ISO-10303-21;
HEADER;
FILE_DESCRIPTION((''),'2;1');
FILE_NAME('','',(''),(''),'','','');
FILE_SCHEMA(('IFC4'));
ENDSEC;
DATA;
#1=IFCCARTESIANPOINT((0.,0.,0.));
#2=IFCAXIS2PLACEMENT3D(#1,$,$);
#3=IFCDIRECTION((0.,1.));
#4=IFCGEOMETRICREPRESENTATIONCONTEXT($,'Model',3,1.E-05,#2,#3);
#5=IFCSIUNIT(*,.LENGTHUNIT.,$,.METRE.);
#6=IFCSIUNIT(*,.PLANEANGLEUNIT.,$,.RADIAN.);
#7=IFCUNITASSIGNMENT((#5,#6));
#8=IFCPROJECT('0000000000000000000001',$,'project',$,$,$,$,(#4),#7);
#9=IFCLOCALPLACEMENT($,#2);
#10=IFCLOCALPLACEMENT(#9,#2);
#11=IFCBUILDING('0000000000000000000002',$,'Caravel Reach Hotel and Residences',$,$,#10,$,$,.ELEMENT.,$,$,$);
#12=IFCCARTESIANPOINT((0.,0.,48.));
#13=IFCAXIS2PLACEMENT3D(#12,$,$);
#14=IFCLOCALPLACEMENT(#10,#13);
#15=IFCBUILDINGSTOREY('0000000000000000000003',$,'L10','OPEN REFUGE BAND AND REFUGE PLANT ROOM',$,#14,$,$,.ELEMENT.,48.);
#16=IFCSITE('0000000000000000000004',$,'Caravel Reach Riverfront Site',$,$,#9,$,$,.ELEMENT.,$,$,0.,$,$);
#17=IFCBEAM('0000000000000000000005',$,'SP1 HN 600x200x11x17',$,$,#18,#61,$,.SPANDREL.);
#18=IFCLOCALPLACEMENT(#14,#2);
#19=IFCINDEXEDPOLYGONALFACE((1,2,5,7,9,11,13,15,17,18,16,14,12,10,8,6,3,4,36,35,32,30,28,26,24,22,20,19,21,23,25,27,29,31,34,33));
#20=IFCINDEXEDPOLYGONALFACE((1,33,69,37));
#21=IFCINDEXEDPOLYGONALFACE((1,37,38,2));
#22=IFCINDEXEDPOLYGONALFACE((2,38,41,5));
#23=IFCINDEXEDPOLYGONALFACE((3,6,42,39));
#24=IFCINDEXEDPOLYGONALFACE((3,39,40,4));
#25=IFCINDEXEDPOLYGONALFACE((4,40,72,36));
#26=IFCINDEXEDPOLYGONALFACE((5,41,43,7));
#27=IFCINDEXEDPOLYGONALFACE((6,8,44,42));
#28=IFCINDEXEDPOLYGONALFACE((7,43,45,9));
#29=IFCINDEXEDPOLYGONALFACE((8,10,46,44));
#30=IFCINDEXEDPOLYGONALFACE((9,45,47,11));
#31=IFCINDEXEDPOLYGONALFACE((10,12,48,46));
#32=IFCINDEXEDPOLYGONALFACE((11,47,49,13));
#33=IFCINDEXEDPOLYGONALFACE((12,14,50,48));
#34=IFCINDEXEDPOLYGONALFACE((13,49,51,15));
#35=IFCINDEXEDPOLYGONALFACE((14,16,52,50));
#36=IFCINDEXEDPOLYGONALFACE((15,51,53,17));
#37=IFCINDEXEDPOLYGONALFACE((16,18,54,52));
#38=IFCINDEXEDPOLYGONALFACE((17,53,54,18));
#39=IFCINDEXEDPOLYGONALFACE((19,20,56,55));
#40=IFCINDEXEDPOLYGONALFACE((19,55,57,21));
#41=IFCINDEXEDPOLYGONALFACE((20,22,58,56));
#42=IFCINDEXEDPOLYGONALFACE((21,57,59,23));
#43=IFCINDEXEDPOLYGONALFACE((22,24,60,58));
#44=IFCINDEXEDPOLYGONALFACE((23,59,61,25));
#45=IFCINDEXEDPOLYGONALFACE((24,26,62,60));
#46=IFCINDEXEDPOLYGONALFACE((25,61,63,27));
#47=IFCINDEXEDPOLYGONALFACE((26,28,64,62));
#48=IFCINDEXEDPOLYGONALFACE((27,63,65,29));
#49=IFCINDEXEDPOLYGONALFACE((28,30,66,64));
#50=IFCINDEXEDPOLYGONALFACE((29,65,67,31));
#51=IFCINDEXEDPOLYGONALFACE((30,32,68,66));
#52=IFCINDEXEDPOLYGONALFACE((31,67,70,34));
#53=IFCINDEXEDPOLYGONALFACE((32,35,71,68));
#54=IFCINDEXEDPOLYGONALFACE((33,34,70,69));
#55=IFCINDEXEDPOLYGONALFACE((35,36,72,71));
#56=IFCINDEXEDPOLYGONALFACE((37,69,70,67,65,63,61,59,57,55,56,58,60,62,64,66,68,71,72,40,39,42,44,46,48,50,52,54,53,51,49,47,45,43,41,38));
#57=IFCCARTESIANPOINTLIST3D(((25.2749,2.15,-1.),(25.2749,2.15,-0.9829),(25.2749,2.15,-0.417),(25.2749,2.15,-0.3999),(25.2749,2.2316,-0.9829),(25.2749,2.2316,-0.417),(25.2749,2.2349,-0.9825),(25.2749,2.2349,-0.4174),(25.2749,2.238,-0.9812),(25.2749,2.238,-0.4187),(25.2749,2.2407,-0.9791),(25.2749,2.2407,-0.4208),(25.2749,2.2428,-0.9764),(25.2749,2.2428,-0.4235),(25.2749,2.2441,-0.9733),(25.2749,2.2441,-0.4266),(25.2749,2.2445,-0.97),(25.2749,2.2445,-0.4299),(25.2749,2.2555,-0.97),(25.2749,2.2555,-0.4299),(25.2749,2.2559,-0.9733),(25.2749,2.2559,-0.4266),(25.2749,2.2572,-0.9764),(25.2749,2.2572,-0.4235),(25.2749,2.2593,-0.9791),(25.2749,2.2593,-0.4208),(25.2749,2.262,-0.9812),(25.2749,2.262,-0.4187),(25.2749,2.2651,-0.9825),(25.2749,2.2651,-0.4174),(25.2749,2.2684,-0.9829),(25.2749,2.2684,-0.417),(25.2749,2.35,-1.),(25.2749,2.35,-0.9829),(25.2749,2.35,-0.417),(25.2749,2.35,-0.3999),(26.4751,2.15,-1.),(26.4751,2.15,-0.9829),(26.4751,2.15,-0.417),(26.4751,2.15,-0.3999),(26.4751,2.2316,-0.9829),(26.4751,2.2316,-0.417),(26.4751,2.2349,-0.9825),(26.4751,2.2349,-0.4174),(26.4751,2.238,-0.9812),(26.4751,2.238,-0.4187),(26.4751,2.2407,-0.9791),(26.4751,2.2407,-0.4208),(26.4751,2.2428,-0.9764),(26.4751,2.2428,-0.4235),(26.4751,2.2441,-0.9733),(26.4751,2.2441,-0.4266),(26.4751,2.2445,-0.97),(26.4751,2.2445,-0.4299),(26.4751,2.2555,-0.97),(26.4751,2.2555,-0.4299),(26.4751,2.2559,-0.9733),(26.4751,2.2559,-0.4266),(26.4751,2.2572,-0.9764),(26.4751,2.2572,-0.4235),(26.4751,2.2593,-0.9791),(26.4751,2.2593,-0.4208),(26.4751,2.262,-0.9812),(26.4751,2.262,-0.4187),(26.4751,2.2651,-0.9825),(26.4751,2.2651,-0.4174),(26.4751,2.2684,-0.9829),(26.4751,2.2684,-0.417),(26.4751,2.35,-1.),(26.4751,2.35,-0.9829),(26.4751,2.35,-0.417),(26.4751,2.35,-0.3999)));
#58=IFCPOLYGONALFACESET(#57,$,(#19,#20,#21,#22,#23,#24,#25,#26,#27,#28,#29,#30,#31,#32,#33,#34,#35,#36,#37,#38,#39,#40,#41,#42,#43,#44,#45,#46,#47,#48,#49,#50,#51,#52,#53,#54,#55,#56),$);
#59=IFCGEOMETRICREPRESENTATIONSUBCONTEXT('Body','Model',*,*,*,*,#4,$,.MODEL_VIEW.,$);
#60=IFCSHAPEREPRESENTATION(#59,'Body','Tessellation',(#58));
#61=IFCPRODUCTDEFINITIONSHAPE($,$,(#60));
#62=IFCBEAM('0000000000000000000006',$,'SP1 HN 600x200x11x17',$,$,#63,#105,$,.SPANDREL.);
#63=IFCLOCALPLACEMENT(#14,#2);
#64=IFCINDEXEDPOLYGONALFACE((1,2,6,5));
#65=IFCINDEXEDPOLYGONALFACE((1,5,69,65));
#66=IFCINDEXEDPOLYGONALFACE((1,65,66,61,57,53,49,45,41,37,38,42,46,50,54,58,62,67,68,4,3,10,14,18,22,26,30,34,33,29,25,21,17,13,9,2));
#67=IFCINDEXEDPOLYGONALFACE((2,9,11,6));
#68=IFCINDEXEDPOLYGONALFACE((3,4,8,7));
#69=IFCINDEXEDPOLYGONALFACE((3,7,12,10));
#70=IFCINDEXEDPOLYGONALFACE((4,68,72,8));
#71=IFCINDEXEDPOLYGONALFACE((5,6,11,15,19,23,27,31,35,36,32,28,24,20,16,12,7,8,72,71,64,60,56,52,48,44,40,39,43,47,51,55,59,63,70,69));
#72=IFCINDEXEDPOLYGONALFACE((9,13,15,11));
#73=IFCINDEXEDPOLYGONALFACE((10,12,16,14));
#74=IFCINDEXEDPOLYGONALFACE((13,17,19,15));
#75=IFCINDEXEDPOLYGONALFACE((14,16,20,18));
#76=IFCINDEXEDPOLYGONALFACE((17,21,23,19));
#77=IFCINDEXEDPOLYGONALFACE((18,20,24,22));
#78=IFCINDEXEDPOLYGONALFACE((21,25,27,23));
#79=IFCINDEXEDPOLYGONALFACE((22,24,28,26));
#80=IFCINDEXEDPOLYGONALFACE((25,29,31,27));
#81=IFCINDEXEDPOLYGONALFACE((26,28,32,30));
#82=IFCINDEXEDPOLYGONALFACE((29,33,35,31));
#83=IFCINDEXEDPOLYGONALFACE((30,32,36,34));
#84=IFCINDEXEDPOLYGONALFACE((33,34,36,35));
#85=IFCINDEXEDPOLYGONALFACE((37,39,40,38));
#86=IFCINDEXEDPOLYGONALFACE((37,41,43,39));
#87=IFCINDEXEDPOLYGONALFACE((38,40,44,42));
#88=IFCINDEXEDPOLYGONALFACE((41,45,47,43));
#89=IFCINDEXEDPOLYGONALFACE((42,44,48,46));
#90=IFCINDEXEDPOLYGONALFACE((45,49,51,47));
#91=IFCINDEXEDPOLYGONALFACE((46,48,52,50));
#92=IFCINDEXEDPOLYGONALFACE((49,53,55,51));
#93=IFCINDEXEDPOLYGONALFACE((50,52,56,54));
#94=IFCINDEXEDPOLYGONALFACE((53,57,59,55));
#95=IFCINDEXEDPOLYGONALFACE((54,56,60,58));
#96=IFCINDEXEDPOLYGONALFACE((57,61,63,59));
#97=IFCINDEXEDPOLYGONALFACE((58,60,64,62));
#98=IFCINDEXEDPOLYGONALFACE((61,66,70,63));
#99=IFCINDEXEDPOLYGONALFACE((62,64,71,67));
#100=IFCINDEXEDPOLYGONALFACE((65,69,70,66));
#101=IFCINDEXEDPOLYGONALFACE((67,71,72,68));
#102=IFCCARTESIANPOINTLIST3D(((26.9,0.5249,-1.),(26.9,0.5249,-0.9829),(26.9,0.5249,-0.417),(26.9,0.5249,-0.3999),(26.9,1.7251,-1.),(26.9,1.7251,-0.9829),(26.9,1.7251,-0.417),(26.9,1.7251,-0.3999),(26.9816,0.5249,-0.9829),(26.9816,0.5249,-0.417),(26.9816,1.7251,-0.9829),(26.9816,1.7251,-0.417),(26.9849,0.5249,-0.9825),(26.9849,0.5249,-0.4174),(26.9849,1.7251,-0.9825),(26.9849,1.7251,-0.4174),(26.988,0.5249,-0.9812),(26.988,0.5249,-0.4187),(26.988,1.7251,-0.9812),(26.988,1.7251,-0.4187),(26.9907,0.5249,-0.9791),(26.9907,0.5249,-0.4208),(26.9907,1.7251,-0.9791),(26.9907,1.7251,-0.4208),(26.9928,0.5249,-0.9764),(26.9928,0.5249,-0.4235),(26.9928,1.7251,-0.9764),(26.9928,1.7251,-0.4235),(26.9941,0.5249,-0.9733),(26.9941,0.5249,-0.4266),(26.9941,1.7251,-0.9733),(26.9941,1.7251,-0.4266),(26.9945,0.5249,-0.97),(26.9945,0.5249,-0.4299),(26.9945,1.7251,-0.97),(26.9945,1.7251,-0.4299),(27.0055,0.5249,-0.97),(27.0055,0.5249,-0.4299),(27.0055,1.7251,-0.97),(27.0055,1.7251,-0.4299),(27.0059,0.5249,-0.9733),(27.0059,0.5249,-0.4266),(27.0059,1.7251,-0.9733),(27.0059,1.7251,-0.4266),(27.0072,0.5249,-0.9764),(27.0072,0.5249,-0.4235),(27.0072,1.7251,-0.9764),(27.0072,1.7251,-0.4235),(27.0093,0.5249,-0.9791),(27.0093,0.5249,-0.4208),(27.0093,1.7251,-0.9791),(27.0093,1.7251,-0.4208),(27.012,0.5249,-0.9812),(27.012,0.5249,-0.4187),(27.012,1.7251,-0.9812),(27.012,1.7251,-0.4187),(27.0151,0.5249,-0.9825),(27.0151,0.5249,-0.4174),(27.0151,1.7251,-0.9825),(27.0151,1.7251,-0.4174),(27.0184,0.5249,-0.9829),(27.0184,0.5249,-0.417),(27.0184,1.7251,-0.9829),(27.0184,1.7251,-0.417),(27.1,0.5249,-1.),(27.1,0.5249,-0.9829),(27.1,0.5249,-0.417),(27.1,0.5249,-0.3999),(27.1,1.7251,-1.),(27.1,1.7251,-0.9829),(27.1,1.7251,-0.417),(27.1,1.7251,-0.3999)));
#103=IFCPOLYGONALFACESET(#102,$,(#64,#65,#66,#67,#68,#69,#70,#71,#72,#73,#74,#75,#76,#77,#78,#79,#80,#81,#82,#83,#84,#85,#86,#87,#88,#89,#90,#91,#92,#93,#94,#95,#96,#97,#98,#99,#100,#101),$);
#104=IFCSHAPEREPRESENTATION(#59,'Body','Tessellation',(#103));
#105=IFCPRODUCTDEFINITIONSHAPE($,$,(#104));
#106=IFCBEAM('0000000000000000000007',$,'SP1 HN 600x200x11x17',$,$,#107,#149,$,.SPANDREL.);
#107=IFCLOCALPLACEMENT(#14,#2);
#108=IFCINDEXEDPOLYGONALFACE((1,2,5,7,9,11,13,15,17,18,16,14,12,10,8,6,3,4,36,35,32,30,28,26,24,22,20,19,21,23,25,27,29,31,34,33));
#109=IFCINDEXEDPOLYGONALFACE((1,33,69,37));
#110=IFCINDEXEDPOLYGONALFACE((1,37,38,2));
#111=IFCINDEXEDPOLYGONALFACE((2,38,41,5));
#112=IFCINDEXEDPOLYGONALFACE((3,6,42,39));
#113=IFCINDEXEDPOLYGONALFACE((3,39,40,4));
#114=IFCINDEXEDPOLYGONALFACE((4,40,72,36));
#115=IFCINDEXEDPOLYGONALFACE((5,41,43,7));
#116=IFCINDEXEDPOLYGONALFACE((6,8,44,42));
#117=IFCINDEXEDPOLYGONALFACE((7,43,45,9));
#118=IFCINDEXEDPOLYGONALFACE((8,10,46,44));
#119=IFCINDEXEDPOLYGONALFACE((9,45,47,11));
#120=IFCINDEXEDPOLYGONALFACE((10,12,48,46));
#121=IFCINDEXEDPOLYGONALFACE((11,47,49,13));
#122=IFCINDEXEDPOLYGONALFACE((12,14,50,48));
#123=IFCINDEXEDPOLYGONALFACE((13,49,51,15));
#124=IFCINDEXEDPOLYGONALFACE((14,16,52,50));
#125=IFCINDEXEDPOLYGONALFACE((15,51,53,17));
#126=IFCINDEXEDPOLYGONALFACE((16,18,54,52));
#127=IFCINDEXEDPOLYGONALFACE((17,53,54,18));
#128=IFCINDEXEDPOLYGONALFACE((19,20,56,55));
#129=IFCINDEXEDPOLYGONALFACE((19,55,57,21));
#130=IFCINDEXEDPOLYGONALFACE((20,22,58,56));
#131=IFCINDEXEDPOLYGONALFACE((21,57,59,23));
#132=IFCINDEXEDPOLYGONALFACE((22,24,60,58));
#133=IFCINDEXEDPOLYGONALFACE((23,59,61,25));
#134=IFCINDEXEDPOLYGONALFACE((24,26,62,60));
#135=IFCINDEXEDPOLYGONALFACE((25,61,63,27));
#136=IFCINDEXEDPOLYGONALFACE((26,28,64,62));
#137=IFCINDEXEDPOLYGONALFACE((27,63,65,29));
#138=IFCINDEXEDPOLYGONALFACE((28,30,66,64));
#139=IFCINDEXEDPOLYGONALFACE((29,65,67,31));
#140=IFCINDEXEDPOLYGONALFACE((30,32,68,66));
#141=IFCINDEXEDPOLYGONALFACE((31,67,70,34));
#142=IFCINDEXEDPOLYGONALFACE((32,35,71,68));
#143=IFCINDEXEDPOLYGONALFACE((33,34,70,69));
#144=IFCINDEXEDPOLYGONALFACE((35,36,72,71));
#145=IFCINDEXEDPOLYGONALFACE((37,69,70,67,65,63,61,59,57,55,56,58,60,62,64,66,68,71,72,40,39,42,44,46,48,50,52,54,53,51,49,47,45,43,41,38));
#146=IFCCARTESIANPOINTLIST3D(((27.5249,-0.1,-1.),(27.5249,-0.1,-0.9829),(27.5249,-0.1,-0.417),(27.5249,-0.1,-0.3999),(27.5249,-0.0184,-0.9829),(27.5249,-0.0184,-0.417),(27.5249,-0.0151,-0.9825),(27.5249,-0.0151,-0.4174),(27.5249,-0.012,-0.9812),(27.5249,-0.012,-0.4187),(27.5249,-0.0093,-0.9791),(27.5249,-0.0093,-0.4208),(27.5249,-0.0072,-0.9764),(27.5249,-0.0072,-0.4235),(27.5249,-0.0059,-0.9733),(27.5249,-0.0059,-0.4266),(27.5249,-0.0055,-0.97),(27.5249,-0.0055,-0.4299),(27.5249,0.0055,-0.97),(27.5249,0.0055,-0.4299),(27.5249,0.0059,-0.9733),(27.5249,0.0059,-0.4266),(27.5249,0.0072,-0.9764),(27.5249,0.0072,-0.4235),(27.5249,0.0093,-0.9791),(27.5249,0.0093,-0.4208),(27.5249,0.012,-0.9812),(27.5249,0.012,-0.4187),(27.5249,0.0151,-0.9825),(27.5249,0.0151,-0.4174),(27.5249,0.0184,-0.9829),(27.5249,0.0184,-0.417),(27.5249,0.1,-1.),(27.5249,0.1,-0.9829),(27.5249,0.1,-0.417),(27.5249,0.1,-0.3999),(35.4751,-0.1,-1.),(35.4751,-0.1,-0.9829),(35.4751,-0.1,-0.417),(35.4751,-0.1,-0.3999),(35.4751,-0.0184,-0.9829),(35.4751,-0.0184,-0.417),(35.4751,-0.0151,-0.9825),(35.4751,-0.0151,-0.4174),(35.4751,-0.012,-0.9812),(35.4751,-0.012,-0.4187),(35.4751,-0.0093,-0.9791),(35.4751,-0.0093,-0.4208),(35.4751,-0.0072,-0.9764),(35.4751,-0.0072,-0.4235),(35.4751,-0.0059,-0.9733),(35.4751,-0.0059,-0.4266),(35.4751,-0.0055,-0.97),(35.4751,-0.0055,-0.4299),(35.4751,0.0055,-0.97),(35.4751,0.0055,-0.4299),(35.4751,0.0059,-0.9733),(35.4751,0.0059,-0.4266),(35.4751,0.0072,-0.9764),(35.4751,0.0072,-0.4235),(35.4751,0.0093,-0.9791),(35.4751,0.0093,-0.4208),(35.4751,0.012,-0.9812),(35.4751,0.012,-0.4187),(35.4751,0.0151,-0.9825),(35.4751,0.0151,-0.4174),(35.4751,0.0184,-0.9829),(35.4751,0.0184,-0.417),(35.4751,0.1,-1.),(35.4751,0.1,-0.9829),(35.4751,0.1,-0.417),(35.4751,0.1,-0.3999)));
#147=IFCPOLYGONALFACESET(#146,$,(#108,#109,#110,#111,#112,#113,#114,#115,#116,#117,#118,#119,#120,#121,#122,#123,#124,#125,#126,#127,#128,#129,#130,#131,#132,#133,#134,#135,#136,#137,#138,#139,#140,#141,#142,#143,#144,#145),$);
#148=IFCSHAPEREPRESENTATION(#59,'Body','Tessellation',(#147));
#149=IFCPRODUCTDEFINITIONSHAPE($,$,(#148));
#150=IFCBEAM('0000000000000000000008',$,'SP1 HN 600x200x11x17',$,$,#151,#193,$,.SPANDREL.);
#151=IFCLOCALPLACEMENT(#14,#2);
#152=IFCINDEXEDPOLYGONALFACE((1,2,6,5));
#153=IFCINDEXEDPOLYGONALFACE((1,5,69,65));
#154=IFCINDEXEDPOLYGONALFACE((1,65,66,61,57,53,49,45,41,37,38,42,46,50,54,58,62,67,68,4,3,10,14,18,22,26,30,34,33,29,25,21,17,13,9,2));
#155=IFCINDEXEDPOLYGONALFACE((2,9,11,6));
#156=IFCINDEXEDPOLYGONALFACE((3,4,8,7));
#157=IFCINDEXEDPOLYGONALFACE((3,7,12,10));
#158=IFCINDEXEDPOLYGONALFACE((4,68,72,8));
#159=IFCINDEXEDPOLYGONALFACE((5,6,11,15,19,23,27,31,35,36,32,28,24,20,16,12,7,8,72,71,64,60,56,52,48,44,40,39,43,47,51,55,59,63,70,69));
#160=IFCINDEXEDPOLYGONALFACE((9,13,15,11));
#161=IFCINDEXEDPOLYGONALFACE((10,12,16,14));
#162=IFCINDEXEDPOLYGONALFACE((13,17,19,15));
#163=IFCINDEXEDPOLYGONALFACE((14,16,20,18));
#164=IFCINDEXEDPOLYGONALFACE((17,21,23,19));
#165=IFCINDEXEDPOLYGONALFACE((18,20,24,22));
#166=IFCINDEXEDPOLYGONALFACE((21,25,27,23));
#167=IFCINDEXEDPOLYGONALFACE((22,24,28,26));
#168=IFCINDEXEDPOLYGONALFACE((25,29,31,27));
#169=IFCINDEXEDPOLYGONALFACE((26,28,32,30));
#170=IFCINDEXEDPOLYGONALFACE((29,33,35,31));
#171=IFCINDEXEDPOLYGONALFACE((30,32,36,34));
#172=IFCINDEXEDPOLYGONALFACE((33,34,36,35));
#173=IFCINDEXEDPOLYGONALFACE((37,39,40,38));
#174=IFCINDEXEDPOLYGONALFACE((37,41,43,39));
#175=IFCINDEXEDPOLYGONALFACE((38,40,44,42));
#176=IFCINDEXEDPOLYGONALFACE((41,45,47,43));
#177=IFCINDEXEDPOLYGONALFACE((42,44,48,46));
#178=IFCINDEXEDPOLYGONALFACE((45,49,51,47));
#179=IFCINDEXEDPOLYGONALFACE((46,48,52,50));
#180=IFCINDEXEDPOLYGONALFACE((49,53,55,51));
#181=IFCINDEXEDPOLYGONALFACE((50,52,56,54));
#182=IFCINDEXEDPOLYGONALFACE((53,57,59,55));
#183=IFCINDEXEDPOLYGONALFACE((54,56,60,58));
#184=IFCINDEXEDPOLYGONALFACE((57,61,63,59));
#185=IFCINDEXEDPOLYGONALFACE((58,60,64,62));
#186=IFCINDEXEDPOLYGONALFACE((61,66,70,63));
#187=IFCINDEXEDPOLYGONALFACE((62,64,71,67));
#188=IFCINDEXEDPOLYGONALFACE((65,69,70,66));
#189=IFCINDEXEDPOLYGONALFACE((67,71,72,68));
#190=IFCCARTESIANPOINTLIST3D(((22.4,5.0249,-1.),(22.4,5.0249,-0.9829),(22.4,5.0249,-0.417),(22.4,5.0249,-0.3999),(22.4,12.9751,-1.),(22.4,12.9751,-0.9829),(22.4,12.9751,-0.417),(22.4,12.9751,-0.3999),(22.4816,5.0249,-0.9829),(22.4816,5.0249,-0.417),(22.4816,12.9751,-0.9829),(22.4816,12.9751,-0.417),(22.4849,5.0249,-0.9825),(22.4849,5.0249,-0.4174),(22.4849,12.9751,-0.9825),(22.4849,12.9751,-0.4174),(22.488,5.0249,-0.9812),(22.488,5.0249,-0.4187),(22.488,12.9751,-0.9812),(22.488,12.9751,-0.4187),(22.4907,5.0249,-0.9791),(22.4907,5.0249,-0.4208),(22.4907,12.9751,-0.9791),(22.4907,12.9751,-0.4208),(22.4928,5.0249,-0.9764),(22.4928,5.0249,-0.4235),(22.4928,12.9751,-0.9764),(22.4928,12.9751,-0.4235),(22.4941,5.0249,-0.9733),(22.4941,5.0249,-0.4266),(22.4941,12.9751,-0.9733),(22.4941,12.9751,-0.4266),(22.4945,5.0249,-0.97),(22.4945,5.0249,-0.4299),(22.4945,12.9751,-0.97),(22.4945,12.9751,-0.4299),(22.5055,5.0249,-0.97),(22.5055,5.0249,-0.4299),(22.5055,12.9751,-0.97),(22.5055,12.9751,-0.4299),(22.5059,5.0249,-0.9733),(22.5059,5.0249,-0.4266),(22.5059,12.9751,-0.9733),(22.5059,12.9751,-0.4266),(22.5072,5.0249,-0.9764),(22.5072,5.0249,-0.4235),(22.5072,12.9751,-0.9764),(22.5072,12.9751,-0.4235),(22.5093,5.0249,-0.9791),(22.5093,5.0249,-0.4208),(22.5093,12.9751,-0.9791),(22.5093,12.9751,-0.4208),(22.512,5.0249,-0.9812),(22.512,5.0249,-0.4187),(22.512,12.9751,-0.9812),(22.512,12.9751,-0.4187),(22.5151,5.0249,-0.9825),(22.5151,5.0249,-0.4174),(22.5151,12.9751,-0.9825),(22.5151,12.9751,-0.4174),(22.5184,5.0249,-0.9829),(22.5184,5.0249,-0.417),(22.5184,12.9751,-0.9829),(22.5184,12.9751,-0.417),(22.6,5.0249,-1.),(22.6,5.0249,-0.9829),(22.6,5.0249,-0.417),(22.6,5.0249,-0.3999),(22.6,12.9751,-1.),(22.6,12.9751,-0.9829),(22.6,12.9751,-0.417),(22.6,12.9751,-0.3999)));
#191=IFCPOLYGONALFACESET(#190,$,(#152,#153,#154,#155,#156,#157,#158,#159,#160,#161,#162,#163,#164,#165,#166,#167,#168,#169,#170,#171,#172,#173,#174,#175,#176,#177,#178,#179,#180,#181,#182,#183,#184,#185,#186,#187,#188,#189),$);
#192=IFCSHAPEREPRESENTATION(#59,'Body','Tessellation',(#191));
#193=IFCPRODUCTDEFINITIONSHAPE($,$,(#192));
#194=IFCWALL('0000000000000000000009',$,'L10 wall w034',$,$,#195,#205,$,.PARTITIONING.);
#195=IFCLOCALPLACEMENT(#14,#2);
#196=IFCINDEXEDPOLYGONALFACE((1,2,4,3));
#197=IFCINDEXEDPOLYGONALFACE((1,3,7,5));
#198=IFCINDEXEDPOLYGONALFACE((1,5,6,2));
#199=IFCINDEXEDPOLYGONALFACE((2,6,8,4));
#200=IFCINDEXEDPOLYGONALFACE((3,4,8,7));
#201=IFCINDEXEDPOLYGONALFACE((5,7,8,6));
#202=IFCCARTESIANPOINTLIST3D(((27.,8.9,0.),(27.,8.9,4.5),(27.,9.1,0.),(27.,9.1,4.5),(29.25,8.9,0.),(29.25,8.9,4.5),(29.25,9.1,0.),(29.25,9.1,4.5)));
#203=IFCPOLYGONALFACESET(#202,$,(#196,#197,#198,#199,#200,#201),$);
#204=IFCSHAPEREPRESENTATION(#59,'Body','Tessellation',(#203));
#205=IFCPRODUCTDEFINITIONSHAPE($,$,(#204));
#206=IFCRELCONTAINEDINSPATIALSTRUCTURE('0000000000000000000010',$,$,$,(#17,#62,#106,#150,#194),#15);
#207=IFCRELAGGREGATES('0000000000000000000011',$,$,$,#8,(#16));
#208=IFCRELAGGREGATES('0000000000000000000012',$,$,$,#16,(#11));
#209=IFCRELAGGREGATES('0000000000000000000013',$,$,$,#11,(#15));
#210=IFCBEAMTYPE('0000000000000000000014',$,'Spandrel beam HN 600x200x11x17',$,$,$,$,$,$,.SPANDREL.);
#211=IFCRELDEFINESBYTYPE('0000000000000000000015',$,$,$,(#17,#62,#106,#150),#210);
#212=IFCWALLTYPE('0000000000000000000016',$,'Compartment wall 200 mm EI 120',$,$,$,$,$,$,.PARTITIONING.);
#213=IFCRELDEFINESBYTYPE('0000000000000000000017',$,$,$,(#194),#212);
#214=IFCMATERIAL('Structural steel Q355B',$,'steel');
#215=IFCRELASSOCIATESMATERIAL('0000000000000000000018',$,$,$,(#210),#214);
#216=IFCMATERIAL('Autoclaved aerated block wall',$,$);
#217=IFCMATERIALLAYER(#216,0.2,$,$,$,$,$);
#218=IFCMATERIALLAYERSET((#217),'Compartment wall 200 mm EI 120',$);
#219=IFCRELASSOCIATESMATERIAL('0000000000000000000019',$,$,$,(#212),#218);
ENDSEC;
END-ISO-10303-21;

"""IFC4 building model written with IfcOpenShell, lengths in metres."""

from ifc_helpers import new_model, si_unit, direction, frame, frame_2d, origin, origin_2d, place, context, subcontext, project, spatial, rectangle, i_section, extrude, material, layer, layer_set, material_profile, profile_set, type_object, element, save


model = new_model("IFC4")

# Units and contexts
model_context = context("Model", 3, precision=1e-05, world=origin(), true_north=direction((0.0, 1.0)))
body_context = subcontext(model_context, "Body", "Model", "MODEL_VIEW")
ifc_project = project(units=[si_unit("LENGTHUNIT", "METRE"), si_unit("PLANEANGLEUNIT", "RADIAN")], contexts=[model_context])

# Site, building, storey
site_placement = place(None, origin())
site = spatial("IfcSite", under=ifc_project, at=site_placement, Name="Caravel Reach Riverfront Site", CompositionType="ELEMENT", RefElevation=0.0)
building_placement = place(site_placement, origin())
building = spatial("IfcBuilding", under=site, at=building_placement, Name="Caravel Reach Hotel and Residences", CompositionType="ELEMENT")
storey_placement = place(building_placement, frame((0.0, 0.0, 48.0)))
storey = spatial("IfcBuildingStorey", under=building, at=storey_placement, Name="L10", Description="OPEN REFUGE BAND AND REFUGE PLANT ROOM", CompositionType="ELEMENT", Elevation=48.0)

# Beams
ifc_material_1 = material(Name="Structural steel Q355B", Category="steel")
ifc_material_profile_1 = material_profile(ifc_material_1, i_section(OverallWidth=0.2, OverallDepth=0.6001, WebThickness=0.011, FlangeThickness=0.0171, FilletRadius=0.0129, at=origin_2d()), Name="HN 600x200x11x17")
ifc_profile_set_1 = profile_set([ifc_material_profile_1], Name="Structural steel Q355B")
beam_type = type_object("IfcBeamType", Name="Spandrel beam HN 600x200x11x17", PredefinedType="SPANDREL", material=ifc_profile_set_1)
for number, where, z_axis, x_axis, name in (
    (1, (25.2749, 2.25, -0.7), (1.0, 0.0, 0.0), (0.0, 1.0, 0.0), "SP1 HN 600x200x11x17"),
    (2, (27.0, 1.7251, -0.7), (0.0, -1.0, 0.0), (1.0, 0.0, 0.0), "SP1 HN 600x200x11x17"),
):
    element("IfcBeam", number, at=place(storey_placement, frame(where, z_axis=z_axis, x_axis=x_axis)), inside=storey, type_object=beam_type, Name=name, PredefinedType="SPANDREL", context=body_context, shape_type="SweptSolid", body=[
        extrude(i_section(OverallWidth=0.2, OverallDepth=0.6001, WebThickness=0.011, FlangeThickness=0.0171, FilletRadius=0.0129, at=origin_2d()), origin(), (0.0, 0.0, 1.0), 1.2002),
    ])
for number, where, z_axis, x_axis, name in (
    (3, (27.5249, 0.0, -0.7), (1.0, 0.0, 0.0), (0.0, 1.0, 0.0), "SP1 HN 600x200x11x17"),
    (4, (22.5, 12.9751, -0.7), (0.0, -1.0, 0.0), (1.0, 0.0, 0.0), "SP1 HN 600x200x11x17"),
):
    element("IfcBeam", number, at=place(storey_placement, frame(where, z_axis=z_axis, x_axis=x_axis)), inside=storey, type_object=beam_type, Name=name, PredefinedType="SPANDREL", context=body_context, shape_type="SweptSolid", body=[
        extrude(i_section(OverallWidth=0.2, OverallDepth=0.6001, WebThickness=0.011, FlangeThickness=0.0171, FilletRadius=0.0129, at=origin_2d()), origin(), (0.0, 0.0, 1.0), 7.9502),
    ])

# Wall
ifc_material_2 = material(Name="Autoclaved aerated block wall")
ifc_layer = layer(ifc_material_2, 0.2)
ifc_layer_set = layer_set([ifc_layer], Name="Compartment wall 200 mm EI 120")
wall_type = type_object("IfcWallType", Name="Compartment wall 200 mm EI 120", PredefinedType="PARTITIONING", material=ifc_layer_set)
wall_1_placement = place(storey_placement, frame((27.0, 9.0, 0.0), z_axis=(0.0, 0.0, 1.0), x_axis=(1.0, 0.0, 0.0)))
element("IfcWall", 5, at=wall_1_placement, inside=storey, type_object=wall_type, Name="L10 wall w034", PredefinedType="PARTITIONING", context=body_context, shape_type="SweptSolid", body=[
    extrude(rectangle(XDim=2.25, YDim=0.2, at=frame_2d((1.125, 0.0))), origin(), (0.0, 0.0, 1.0), 4.5),
])

save(model, "model.ifc")
